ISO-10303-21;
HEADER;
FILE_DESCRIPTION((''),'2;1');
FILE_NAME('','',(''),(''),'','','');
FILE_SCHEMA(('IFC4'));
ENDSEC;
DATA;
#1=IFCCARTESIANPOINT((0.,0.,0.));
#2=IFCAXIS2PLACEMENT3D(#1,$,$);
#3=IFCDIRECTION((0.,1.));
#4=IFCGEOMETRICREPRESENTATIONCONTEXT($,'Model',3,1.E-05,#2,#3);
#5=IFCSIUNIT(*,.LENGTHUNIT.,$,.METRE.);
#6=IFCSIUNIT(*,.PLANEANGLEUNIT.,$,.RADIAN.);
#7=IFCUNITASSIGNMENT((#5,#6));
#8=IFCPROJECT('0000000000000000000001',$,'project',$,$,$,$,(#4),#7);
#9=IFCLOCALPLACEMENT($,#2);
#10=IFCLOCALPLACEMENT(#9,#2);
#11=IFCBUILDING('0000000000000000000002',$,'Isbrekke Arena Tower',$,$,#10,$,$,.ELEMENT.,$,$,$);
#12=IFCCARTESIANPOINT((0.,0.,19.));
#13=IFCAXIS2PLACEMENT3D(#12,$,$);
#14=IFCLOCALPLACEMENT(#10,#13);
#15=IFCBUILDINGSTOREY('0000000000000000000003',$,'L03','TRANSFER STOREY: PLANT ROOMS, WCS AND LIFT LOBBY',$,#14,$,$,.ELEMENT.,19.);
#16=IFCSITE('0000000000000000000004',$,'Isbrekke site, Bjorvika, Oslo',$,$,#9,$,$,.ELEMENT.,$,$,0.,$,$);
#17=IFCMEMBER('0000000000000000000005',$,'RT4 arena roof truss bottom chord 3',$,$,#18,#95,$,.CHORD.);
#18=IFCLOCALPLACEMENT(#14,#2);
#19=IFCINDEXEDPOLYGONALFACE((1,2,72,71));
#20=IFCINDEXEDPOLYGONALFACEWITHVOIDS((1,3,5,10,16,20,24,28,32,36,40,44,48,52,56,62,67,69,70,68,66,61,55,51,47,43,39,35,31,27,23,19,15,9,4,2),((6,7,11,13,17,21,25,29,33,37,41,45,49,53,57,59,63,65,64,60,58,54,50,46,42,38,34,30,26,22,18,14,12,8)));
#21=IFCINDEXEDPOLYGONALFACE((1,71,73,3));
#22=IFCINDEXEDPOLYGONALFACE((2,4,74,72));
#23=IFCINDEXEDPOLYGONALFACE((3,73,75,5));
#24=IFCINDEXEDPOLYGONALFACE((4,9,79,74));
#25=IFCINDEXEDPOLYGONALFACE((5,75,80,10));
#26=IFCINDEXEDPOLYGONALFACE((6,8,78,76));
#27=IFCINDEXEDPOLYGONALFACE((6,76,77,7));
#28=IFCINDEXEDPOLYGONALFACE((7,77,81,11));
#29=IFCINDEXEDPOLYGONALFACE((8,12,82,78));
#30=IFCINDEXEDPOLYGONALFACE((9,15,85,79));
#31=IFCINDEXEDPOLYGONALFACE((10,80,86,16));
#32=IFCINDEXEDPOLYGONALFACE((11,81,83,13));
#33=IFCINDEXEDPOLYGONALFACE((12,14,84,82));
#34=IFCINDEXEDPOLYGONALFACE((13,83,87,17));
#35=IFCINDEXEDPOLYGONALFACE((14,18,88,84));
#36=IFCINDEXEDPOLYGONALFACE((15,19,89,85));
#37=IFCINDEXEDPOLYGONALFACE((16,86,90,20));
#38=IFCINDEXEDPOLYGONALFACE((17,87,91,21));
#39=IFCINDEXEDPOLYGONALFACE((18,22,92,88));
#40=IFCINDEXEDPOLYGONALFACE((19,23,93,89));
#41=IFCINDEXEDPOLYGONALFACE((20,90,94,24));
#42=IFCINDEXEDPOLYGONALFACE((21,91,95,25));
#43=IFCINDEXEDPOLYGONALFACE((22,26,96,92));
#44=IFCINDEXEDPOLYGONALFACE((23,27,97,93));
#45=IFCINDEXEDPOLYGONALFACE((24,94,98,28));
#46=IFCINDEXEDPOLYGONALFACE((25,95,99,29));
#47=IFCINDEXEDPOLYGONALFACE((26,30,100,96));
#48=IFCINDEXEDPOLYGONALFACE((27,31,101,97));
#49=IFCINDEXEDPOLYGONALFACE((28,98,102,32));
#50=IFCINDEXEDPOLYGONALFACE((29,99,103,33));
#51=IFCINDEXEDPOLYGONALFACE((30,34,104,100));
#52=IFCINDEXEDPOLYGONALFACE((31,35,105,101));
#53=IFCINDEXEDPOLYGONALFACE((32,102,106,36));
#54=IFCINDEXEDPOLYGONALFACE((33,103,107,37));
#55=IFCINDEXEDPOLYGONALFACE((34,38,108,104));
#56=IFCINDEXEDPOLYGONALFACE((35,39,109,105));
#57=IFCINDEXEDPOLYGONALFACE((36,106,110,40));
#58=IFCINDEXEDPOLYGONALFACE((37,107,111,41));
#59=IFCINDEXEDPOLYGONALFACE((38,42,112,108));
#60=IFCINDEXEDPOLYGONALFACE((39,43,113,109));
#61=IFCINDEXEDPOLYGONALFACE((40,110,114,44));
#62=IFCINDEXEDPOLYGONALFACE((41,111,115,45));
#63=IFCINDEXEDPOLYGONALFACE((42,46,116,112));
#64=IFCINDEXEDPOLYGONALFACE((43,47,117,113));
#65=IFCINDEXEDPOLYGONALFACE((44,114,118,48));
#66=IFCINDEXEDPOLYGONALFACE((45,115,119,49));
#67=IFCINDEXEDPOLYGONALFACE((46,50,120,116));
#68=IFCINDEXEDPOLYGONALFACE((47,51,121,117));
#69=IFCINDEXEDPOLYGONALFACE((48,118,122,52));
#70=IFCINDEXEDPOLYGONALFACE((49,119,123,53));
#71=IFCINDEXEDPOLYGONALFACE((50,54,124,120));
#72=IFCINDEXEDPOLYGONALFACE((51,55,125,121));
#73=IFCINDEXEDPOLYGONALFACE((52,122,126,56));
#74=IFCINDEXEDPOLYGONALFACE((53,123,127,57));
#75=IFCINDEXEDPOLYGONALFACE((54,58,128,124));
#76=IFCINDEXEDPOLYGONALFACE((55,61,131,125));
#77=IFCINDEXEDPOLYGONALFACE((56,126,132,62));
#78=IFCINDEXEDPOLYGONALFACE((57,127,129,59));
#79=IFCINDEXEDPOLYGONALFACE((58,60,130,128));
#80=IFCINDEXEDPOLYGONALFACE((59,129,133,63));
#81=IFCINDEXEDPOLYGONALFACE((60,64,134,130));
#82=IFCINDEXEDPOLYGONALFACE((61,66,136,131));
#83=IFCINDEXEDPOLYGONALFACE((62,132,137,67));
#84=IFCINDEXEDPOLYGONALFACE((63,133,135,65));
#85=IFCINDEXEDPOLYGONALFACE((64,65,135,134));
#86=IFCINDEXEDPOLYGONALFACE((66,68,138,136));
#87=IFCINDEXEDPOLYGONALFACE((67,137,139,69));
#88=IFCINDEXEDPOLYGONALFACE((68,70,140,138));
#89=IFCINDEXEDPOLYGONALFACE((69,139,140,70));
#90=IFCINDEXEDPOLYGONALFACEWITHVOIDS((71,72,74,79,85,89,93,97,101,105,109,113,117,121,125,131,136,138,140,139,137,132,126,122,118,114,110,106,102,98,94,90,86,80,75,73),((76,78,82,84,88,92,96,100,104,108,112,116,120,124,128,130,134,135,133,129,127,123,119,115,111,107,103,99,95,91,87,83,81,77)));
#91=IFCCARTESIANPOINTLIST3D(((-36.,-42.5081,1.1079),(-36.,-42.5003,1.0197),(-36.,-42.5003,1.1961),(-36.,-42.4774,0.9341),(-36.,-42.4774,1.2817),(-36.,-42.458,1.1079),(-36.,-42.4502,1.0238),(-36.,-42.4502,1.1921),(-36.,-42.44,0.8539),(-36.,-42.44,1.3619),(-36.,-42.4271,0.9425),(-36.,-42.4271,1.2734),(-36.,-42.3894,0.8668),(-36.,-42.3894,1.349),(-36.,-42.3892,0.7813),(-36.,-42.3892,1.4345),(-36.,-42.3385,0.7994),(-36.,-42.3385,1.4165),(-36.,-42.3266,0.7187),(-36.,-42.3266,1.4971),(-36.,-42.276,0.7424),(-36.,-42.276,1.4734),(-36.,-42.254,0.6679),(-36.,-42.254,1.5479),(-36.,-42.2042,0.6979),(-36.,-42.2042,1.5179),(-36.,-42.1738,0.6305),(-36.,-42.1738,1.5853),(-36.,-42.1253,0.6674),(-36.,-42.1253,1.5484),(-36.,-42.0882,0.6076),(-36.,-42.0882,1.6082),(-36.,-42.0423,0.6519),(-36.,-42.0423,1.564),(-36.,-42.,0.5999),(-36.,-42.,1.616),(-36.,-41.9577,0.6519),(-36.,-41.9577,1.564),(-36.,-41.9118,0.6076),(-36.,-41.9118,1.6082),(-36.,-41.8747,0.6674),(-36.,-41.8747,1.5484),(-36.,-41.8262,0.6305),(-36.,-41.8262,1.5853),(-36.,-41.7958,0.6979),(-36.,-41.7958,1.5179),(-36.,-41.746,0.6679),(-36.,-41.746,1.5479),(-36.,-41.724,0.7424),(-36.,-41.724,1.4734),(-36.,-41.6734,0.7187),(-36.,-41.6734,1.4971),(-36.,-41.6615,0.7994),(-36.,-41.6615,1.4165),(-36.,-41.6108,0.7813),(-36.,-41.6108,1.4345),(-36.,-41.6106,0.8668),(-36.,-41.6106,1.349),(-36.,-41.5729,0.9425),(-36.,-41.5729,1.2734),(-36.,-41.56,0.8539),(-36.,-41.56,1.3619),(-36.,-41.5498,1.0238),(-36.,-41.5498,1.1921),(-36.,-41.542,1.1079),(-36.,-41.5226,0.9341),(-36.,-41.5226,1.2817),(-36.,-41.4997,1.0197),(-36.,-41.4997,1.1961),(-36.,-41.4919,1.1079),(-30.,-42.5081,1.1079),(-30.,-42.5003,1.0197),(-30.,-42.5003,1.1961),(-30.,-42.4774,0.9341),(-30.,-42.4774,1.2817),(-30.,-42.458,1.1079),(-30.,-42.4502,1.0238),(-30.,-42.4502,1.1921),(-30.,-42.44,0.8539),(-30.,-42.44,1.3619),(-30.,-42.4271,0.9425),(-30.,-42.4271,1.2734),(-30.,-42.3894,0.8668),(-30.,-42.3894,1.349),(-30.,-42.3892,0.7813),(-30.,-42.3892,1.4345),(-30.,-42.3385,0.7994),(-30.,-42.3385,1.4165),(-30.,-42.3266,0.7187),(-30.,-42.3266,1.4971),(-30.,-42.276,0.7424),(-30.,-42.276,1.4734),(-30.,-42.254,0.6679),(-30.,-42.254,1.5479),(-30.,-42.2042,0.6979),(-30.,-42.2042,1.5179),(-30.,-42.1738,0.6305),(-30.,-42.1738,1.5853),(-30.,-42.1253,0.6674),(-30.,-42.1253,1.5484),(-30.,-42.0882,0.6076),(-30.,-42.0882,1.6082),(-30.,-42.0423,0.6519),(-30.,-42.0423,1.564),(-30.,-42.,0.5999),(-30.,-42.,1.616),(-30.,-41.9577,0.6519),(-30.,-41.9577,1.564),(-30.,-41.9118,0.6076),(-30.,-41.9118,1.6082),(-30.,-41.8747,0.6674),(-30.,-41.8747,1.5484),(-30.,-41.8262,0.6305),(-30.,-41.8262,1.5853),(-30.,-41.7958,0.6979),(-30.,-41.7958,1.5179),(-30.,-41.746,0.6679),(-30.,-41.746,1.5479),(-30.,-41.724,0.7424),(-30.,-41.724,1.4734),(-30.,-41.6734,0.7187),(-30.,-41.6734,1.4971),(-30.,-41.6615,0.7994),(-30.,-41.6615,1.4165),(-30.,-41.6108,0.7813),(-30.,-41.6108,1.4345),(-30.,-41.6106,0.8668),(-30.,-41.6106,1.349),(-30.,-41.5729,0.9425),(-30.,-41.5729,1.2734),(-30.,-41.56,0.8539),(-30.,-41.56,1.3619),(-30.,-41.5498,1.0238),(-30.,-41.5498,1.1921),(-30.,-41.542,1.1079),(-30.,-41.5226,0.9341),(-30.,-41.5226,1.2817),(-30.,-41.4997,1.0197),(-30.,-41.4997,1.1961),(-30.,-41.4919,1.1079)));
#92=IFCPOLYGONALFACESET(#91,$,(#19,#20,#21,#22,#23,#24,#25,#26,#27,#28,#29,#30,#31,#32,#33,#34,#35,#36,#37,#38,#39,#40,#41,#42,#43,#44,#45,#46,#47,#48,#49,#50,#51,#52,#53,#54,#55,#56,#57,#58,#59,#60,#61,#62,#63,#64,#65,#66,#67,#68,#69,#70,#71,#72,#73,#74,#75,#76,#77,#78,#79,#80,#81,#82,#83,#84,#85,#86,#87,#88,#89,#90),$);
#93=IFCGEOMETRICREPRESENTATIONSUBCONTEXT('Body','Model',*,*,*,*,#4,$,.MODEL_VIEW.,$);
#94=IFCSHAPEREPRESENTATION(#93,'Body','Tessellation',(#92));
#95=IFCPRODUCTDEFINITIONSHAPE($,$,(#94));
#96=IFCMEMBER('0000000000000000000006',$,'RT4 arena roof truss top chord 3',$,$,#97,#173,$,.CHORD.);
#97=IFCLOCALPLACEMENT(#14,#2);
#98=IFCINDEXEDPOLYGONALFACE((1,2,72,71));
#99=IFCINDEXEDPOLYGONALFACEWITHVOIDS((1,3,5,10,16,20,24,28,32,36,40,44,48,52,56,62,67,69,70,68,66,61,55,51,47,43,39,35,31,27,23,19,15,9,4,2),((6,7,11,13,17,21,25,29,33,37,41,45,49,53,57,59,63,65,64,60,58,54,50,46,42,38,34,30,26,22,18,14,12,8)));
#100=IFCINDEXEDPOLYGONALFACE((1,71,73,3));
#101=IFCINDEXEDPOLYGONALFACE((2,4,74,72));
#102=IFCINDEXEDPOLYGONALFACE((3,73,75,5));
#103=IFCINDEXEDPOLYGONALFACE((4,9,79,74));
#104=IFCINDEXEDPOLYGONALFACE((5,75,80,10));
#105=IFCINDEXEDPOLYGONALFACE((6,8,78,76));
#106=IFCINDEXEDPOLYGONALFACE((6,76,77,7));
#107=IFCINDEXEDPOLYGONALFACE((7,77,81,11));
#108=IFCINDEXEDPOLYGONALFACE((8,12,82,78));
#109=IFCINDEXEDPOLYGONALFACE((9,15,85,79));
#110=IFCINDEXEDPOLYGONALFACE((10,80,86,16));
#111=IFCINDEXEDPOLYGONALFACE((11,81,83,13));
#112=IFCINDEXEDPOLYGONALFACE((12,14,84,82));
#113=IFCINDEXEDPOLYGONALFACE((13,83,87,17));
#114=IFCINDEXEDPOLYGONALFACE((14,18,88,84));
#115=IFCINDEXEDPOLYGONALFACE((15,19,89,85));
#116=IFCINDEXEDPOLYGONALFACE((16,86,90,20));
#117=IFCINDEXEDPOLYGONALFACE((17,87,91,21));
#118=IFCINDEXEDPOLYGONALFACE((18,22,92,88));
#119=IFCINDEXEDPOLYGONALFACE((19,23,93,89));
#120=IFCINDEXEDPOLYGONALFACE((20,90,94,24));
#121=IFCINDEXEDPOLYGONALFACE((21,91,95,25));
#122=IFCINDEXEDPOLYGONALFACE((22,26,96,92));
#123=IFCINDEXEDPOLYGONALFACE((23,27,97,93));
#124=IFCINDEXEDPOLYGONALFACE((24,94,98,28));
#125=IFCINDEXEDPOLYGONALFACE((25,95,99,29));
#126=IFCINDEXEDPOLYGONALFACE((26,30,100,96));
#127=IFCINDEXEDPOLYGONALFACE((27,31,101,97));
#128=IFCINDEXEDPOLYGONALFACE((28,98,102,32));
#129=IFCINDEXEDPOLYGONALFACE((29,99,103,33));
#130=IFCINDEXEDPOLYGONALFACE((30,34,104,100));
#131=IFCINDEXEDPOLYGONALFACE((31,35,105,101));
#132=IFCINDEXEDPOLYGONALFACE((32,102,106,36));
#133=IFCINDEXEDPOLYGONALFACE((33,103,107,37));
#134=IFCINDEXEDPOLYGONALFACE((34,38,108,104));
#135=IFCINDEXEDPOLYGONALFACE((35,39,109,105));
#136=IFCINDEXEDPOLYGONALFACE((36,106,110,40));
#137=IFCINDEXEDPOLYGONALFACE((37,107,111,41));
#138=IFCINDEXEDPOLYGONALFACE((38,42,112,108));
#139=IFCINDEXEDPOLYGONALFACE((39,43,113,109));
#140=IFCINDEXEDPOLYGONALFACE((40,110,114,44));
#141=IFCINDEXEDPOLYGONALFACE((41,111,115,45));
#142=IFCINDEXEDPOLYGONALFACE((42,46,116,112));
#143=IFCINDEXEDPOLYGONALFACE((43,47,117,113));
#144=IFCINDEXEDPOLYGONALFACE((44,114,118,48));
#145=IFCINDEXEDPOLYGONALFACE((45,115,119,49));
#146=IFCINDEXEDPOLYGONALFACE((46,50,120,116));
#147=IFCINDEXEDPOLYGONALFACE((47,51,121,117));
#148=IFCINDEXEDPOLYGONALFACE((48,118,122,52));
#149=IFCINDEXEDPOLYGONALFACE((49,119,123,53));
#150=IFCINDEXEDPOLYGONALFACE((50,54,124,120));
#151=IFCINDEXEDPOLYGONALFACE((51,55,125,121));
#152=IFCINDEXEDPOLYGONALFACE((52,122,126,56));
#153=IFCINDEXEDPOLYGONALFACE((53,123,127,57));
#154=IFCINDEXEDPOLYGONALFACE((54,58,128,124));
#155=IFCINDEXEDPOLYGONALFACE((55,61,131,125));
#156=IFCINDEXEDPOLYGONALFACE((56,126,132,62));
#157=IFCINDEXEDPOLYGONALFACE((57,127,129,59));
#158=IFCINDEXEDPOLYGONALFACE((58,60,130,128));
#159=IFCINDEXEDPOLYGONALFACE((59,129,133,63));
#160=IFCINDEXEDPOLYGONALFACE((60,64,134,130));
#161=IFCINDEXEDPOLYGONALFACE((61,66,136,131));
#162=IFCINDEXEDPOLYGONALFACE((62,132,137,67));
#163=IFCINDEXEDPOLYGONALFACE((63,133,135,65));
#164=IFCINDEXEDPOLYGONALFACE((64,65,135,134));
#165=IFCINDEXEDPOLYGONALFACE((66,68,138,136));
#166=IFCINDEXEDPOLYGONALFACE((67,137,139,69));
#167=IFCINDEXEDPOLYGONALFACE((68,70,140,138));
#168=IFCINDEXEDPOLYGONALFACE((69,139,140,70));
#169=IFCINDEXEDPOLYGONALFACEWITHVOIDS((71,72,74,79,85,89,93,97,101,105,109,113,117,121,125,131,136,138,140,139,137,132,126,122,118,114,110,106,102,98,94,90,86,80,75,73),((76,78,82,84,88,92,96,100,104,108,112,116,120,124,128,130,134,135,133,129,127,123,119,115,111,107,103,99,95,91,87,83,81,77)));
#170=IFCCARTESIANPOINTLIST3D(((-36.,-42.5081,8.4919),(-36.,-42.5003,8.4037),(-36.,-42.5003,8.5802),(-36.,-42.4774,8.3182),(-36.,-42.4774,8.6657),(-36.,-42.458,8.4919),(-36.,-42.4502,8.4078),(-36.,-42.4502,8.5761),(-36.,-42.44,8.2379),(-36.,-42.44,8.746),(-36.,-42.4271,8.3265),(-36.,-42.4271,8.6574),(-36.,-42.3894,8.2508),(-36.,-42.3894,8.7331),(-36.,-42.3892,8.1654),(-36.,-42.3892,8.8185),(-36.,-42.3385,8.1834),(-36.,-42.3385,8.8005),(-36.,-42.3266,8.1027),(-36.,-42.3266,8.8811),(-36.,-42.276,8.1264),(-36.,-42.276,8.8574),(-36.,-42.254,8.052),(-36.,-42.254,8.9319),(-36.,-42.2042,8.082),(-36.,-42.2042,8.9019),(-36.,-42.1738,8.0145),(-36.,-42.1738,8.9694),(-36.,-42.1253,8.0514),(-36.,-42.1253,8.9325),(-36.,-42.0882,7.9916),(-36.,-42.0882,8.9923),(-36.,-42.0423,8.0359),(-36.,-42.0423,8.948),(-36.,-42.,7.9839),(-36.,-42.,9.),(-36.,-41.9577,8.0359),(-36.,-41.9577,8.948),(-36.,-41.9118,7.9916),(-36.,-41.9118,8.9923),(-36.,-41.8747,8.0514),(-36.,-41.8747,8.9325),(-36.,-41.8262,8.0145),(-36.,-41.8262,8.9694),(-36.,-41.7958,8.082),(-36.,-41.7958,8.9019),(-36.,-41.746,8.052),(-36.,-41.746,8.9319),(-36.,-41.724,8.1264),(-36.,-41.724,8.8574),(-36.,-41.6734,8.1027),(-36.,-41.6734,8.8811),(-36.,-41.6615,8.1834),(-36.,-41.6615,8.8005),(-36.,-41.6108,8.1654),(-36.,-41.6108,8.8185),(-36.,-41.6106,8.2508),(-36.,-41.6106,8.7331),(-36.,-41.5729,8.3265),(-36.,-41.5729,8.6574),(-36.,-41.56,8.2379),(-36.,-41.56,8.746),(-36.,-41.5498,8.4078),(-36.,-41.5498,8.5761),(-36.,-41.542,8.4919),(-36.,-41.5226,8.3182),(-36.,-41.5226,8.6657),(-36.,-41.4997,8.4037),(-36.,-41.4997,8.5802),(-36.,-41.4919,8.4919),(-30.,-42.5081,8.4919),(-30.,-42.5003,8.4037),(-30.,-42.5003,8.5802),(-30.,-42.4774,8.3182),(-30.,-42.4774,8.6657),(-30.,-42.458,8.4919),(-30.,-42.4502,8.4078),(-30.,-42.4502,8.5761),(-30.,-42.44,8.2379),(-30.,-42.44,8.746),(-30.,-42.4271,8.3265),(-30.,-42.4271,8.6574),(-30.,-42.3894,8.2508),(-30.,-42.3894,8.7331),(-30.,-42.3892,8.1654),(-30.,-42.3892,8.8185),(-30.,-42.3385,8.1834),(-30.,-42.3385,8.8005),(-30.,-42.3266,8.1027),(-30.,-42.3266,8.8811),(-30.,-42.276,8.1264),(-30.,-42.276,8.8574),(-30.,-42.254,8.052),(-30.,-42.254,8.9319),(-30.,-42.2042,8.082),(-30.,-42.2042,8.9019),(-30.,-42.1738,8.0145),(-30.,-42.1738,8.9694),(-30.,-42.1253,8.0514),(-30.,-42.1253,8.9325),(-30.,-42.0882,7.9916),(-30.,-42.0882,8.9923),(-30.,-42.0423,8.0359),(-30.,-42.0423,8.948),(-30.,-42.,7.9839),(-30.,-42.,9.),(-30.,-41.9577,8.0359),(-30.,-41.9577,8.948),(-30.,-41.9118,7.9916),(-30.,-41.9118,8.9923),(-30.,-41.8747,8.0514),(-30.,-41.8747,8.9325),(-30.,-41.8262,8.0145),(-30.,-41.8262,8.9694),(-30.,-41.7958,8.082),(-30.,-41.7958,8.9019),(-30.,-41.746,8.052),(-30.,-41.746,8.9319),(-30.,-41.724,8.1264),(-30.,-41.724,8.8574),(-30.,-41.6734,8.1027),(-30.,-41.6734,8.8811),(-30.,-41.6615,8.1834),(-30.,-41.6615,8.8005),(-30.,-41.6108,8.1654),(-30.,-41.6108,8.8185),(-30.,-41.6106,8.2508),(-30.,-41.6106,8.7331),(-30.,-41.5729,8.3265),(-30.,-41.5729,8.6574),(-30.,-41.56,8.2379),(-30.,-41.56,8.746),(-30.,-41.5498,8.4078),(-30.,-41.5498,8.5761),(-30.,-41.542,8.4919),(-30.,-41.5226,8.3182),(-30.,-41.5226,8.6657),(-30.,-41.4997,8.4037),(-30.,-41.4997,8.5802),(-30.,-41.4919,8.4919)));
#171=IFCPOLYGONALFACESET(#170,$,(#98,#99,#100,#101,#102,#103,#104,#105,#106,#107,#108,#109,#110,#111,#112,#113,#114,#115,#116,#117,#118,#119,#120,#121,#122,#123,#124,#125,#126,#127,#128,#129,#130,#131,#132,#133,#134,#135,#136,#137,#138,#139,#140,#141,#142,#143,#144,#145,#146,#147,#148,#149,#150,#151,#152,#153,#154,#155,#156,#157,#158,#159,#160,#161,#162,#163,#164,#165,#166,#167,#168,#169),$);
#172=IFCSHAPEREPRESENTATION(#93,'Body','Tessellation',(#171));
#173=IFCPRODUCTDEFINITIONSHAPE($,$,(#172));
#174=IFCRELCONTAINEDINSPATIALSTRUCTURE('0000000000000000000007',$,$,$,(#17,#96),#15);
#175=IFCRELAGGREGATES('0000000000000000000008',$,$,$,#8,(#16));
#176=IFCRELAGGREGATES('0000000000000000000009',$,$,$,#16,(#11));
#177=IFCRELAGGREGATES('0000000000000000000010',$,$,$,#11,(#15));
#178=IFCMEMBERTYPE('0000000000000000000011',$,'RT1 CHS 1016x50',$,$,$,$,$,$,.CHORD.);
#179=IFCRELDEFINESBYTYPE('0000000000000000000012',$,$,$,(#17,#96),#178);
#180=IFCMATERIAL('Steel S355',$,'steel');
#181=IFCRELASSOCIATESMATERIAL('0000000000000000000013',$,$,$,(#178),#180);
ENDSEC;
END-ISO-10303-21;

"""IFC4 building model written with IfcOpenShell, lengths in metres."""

from ifc_helpers import new_model, si_unit, direction, frame, origin, origin_2d, place, context, subcontext, project, spatial, hollow_circle, extrude, material, material_profile, profile_set, type_object, element, save


model = new_model("IFC4")

# Units and contexts
model_context = context("Model", 3, precision=1e-05, world=origin(), true_north=direction((0.0, 1.0)))
body_context = subcontext(model_context, "Body", "Model", "MODEL_VIEW")
ifc_project = project(units=[si_unit("LENGTHUNIT", "METRE"), si_unit("PLANEANGLEUNIT", "RADIAN")], contexts=[model_context])

# Site, building, storey
site_placement = place(None, origin())
site = spatial("IfcSite", under=ifc_project, at=site_placement, Name="Isbrekke site, Bjorvika, Oslo", CompositionType="ELEMENT", RefElevation=0.0)
building_placement = place(site_placement, origin())
building = spatial("IfcBuilding", under=site, at=building_placement, Name="Isbrekke Arena Tower", CompositionType="ELEMENT")
storey_placement = place(building_placement, frame((0.0, 0.0, 19.0)))
storey = spatial("IfcBuildingStorey", under=building, at=storey_placement, Name="L03", Description="TRANSFER STOREY: PLANT ROOMS, WCS AND LIFT LOBBY", CompositionType="ELEMENT", Elevation=19.0)

# Members
ifc_material_1 = material(Name="Steel S355", Category="steel")
ifc_material_profile_1 = material_profile(ifc_material_1, hollow_circle(Radius=0.5081, WallThickness=0.05, at=origin_2d()), Name="CHS 1016x50")
ifc_profile_set_1 = profile_set([ifc_material_profile_1], Name="Steel S355")
member_type_1 = type_object("IfcMemberType", Name="RT1 CHS 1016x50", PredefinedType="CHORD", material=ifc_profile_set_1)
for number, where, z_axis, x_axis, name in (
    (1, (-36.0, -42.0, 1.1079), (1.0, 0.0, 0.0), (0.0, 1.0, 0.0), "RT4 arena roof truss bottom chord 3"),
    (2, (-36.0, -42.0, 8.4919), (1.0, 0.0, 0.0), (0.0, 1.0, 0.0), "RT4 arena roof truss top chord 3"),
):
    element("IfcMember", number, at=place(storey_placement, frame(where, z_axis=z_axis, x_axis=x_axis)), inside=storey, type_object=member_type_1, Name=name, PredefinedType="CHORD", context=body_context, shape_type="SweptSolid", body=[
        extrude(hollow_circle(Radius=0.5081, WallThickness=0.05, at=origin_2d()), origin(), (0.0, 0.0, 1.0), 6.0),
    ])

save(model, "model.ifc")
